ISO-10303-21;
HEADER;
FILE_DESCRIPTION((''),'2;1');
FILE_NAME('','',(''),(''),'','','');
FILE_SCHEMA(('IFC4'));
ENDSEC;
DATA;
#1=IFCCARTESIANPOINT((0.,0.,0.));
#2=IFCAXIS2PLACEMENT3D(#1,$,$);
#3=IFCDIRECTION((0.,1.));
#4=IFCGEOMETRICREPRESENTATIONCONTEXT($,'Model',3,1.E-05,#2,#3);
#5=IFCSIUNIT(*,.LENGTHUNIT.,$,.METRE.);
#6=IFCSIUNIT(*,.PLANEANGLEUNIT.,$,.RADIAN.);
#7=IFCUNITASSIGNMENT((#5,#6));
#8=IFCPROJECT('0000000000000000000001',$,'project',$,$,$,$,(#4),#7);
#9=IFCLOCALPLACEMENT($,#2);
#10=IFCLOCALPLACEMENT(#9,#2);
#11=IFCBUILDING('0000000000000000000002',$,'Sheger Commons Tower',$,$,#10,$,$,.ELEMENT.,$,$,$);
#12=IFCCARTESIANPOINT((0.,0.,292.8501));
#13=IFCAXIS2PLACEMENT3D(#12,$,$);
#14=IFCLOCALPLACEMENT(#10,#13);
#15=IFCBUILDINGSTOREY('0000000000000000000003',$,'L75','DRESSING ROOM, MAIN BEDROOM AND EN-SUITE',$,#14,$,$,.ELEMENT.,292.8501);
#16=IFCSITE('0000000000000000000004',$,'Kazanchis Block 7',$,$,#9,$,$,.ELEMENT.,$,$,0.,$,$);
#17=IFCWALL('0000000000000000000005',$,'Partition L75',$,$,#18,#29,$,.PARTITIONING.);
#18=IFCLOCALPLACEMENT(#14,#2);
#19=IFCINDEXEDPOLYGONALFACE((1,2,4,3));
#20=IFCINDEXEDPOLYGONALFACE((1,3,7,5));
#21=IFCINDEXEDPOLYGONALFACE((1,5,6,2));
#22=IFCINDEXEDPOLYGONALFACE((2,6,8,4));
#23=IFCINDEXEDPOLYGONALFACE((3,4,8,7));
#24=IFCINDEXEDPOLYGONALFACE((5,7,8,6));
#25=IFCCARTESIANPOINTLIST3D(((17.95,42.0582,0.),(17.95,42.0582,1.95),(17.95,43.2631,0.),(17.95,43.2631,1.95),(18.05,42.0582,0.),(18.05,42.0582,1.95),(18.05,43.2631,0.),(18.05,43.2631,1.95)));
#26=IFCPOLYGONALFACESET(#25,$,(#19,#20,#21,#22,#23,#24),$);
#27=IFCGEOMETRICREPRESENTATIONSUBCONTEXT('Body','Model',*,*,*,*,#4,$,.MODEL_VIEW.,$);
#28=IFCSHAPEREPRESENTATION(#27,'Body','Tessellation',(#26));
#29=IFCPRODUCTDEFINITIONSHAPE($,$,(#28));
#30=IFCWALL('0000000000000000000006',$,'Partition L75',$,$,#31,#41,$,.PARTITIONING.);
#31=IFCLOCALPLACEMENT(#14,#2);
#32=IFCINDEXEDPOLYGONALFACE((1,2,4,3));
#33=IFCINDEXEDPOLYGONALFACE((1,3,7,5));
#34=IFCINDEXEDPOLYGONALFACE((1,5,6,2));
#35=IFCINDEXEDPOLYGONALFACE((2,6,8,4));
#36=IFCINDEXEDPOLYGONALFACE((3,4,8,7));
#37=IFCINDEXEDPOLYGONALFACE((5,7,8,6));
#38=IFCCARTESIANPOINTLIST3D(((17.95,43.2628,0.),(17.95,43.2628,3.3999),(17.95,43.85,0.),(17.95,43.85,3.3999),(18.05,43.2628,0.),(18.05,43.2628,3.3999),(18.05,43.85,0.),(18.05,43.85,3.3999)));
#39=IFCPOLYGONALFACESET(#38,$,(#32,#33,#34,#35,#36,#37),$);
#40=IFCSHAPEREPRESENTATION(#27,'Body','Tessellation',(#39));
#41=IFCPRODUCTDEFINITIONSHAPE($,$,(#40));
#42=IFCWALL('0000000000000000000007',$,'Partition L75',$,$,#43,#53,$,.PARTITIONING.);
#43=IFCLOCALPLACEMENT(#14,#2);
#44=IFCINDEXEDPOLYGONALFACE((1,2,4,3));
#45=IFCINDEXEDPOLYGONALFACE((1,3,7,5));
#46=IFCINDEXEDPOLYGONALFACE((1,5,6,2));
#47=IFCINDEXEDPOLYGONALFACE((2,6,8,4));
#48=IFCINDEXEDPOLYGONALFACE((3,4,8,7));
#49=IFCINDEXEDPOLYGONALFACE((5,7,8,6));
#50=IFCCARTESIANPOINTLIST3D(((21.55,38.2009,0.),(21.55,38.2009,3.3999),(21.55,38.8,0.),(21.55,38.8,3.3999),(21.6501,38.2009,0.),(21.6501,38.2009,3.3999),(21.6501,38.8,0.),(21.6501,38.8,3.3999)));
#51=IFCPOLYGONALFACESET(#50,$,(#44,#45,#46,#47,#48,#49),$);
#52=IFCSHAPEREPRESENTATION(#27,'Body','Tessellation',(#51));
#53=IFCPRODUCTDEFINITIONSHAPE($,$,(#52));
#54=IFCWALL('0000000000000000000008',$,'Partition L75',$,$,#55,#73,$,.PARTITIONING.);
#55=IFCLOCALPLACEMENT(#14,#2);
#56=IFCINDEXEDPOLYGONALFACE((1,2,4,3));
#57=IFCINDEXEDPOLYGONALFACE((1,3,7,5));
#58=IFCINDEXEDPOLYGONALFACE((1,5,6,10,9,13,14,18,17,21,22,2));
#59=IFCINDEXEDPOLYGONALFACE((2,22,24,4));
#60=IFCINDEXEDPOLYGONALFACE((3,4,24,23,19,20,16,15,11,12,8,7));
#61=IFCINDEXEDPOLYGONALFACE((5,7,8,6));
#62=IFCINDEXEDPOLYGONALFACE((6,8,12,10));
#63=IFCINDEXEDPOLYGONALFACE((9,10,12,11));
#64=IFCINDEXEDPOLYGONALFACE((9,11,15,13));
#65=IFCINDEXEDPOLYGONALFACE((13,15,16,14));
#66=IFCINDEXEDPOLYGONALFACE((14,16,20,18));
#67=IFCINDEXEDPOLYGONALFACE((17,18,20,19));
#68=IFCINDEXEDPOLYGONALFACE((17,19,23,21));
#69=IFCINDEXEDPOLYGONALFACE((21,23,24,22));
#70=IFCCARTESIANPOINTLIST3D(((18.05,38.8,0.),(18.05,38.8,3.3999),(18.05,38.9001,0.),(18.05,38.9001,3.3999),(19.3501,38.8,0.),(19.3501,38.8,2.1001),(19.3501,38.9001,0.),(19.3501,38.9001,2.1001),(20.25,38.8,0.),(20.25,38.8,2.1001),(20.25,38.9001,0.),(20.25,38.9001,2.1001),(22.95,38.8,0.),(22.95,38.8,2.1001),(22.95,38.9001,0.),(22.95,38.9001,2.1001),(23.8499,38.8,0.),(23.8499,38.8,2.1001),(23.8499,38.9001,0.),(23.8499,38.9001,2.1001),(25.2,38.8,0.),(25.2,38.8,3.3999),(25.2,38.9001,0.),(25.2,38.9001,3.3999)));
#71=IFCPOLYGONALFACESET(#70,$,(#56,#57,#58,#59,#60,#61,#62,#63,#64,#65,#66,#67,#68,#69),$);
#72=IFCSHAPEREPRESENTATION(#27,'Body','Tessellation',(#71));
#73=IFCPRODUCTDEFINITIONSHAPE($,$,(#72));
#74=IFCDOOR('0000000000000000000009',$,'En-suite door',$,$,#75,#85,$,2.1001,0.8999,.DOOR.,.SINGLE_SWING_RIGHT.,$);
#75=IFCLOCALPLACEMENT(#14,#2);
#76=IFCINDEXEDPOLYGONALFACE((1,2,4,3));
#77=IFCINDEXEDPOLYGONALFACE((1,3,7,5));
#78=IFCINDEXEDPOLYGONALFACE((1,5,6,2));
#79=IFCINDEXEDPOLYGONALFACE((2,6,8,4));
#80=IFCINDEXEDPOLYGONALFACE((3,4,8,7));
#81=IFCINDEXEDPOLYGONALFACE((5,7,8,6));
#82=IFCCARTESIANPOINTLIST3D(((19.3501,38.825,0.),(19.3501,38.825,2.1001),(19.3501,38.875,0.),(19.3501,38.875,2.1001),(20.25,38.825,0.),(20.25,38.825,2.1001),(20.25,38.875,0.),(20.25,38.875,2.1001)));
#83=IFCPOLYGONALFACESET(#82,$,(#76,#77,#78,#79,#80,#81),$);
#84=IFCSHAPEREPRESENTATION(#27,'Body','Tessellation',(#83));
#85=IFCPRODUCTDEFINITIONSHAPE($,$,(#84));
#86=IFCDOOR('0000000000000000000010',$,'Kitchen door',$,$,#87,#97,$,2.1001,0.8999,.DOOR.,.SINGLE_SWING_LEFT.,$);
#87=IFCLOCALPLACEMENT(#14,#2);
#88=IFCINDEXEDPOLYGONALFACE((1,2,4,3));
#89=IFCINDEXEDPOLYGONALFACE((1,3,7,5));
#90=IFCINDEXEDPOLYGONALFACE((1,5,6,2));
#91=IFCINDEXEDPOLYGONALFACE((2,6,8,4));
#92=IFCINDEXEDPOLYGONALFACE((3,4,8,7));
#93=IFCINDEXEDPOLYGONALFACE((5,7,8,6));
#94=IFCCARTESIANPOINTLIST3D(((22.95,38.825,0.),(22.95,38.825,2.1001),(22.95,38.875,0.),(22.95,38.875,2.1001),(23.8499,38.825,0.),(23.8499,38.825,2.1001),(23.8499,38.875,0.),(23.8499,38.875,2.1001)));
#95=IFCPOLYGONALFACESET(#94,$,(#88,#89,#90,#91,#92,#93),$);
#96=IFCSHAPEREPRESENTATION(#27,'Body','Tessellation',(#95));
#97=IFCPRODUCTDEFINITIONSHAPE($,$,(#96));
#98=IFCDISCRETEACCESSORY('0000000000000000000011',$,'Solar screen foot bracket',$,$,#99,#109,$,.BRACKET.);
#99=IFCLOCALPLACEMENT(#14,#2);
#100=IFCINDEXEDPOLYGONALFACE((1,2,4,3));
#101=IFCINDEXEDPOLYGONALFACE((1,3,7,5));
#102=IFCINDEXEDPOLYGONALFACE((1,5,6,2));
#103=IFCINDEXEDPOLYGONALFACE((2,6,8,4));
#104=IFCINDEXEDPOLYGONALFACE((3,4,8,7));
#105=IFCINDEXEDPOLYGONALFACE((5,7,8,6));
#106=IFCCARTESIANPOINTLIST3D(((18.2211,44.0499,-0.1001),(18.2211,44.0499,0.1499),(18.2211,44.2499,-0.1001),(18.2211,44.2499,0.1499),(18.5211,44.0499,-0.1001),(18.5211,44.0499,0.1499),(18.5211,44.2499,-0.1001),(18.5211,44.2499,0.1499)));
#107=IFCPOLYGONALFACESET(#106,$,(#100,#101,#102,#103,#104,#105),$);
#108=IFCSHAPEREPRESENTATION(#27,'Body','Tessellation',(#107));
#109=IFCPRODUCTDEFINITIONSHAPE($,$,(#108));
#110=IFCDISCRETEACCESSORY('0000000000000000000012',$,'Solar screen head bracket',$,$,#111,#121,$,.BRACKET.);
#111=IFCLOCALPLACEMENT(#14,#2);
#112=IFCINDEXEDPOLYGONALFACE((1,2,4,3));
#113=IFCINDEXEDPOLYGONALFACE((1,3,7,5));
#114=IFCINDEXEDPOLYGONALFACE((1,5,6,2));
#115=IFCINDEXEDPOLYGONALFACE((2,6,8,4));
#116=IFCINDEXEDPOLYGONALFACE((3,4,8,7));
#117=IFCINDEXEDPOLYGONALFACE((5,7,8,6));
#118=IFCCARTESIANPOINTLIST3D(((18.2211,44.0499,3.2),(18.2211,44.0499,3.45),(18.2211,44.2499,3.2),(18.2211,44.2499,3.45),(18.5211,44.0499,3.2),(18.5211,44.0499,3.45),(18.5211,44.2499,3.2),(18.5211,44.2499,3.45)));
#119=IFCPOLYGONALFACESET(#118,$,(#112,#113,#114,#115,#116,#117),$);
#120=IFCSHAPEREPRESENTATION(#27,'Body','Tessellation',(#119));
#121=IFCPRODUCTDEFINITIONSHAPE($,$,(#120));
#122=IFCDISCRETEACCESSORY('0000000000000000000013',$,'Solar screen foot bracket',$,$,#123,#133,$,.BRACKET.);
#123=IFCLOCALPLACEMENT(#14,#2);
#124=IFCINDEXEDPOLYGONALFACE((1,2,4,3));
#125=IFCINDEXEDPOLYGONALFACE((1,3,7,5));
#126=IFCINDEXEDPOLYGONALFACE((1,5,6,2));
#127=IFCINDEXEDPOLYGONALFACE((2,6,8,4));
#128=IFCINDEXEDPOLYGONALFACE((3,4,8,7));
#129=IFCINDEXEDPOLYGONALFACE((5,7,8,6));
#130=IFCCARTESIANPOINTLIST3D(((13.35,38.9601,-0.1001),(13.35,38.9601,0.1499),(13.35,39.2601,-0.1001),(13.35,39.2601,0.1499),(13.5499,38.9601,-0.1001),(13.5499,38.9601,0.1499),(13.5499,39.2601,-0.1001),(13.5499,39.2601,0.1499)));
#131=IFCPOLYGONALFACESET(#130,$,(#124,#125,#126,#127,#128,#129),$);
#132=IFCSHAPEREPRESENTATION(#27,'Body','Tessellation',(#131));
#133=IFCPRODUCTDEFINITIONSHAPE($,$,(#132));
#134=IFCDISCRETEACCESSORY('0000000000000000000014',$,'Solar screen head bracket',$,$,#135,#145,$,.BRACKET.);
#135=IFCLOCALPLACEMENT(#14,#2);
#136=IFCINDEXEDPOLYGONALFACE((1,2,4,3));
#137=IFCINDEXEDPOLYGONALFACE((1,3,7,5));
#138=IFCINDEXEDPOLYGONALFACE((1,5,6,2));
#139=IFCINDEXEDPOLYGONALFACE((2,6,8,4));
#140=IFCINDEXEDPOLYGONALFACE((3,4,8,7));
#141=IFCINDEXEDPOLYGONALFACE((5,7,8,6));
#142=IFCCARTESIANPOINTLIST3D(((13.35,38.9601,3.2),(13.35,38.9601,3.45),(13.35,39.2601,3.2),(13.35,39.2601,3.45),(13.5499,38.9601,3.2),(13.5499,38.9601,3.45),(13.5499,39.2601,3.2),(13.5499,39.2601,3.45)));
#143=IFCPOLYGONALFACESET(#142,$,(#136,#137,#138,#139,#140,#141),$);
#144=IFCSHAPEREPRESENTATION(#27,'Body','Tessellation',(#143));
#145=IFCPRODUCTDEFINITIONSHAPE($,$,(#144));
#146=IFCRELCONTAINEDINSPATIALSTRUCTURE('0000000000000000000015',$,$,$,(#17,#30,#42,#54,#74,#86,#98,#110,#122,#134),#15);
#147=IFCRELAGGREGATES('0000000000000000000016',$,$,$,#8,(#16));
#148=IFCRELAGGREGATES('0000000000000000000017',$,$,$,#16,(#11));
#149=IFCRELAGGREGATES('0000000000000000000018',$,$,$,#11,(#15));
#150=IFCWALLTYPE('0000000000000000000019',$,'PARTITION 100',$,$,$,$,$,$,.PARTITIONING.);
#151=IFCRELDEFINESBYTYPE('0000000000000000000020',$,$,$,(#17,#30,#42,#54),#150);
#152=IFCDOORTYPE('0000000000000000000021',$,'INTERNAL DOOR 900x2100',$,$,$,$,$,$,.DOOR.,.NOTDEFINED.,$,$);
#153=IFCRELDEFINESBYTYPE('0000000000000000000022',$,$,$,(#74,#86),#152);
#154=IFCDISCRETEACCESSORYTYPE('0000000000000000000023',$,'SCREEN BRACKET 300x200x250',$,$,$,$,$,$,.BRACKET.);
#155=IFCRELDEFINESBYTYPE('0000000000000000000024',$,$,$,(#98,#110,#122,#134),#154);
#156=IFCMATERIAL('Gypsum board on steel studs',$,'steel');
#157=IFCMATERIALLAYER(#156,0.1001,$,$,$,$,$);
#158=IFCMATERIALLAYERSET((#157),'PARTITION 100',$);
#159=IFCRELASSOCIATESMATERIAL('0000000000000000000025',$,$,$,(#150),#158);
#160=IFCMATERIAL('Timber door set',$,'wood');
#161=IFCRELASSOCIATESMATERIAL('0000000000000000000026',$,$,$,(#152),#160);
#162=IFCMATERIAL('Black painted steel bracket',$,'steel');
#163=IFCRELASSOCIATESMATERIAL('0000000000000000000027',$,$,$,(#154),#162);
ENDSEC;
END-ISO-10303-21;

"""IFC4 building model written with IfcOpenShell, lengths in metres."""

from ifc_helpers import new_model, si_unit, direction, frame, frame_2d, origin, origin_2d, place, context, subcontext, project, spatial, rectangle, extrude, material, layer, layer_set, type_object, element, fill, save


model = new_model("IFC4")

# Units and contexts
model_context = context("Model", 3, precision=1e-05, world=origin(), true_north=direction((0.0, 1.0)))
body_context = subcontext(model_context, "Body", "Model", "MODEL_VIEW")
ifc_project = project(units=[si_unit("LENGTHUNIT", "METRE"), si_unit("PLANEANGLEUNIT", "RADIAN")], contexts=[model_context])

# Site, building, storey
site_placement = place(None, origin())
site = spatial("IfcSite", under=ifc_project, at=site_placement, Name="Kazanchis Block 7", CompositionType="ELEMENT", RefElevation=0.0)
building_placement = place(site_placement, origin())
building = spatial("IfcBuilding", under=site, at=building_placement, Name="Sheger Commons Tower", CompositionType="ELEMENT")
storey_placement = place(building_placement, frame((0.0, 0.0, 292.8501)))
storey = spatial("IfcBuildingStorey", under=building, at=storey_placement, Name="L75", Description="DRESSING ROOM, MAIN BEDROOM AND EN-SUITE", CompositionType="ELEMENT", Elevation=292.8501)

# Shared definitions
ifc_material_1 = material(Name="Gypsum board on steel studs", Category="steel")
ifc_layer_1 = layer(ifc_material_1, 0.1001)
ifc_layer_set_1 = layer_set([ifc_layer_1], Name="PARTITION 100")
wall_type_1 = type_object("IfcWallType", Name="PARTITION 100", PredefinedType="PARTITIONING", material=ifc_layer_set_1)

# Shared definitions
ifc_material_2 = material(Name="Timber door set", Category="wood")
door_type = type_object("IfcDoorType", Name="INTERNAL DOOR 900x2100", OperationType="NOTDEFINED", PredefinedType="DOOR", material=ifc_material_2)

# Walls
wall_1_placement = place(storey_placement, frame((18.0, 42.0581, 0.0), z_axis=(0.0, 0.0, 1.0), x_axis=(0.0, 1.0, 0.0)))
element("IfcWall", 1, at=wall_1_placement, inside=storey, type_object=wall_type_1, Name="Partition L75", PredefinedType="PARTITIONING", context=body_context, shape_type="SweptSolid", body=[
    extrude(rectangle(XDim=1.2048, YDim=0.1001, at=frame_2d((0.6025, 0.0))), origin(), (0.0, 0.0, 1.0), 1.95),
])
wall_2_placement = place(storey_placement, frame((18.0, 43.2629, 0.0), z_axis=(0.0, 0.0, 1.0), x_axis=(0.0, 1.0, 0.0)))
element("IfcWall", 2, at=wall_2_placement, inside=storey, type_object=wall_type_1, Name="Partition L75", PredefinedType="PARTITIONING", context=body_context, shape_type="SweptSolid", body=[
    extrude(rectangle(XDim=0.5872, YDim=0.1001, at=frame_2d((0.2935, 0.0))), origin(), (0.0, 0.0, 1.0), 3.3999),
])
wall_3_placement = place(storey_placement, frame((21.6001, 38.2009, 0.0), z_axis=(0.0, 0.0, 1.0), x_axis=(0.0, 1.0, 0.0)))
element("IfcWall", 3, at=wall_3_placement, inside=storey, type_object=wall_type_1, Name="Partition L75", PredefinedType="PARTITIONING", context=body_context, shape_type="SweptSolid", body=[
    extrude(rectangle(XDim=0.5991, YDim=0.1001, at=frame_2d((0.2996, 0.0))), origin(), (0.0, 0.0, 1.0), 3.3999),
])

# Wall, openings, doors
wall_4_placement = place(storey_placement, frame((18.05, 38.8501, 0.0), z_axis=(0.0, 0.0, 1.0), x_axis=(1.0, 0.0, 0.0)))
wall_4 = element("IfcWall", 4, at=wall_4_placement, inside=storey, type_object=wall_type_1, Name="Partition L75", PredefinedType="PARTITIONING", context=body_context, shape_type="SweptSolid", body=[
    extrude(rectangle(XDim=7.1499, YDim=0.1001, at=frame_2d((3.575, 0.0))), origin(), (0.0, 0.0, 1.0), 3.3999),
])
opening_1_placement = place(wall_4_placement, frame((1.3, 0.0, 0.0)))
opening_1 = element("IfcOpeningElement", 5, at=opening_1_placement, cuts=wall_4, PredefinedType="OPENING", context=body_context, shape_type="SweptSolid", body=[
    extrude(rectangle(XDim=0.8999, YDim=2.1001, at=frame_2d((0.45, 1.05))), frame((0.0, 0.0601, 0.0), z_axis=(0.0, -1.0, 0.0), x_axis=(1.0, 0.0, 0.0)), (0.0, 0.0, 1.0), 0.1201),
])
opening_2_placement = place(wall_4_placement, frame((4.8999, 0.0, 0.0)))
opening_2 = element("IfcOpeningElement", 6, at=opening_2_placement, cuts=wall_4, PredefinedType="OPENING", context=body_context, shape_type="SweptSolid", body=[
    extrude(rectangle(XDim=0.8999, YDim=2.1001, at=frame_2d((0.45, 1.05))), frame((0.0, 0.0601, 0.0), z_axis=(0.0, -1.0, 0.0), x_axis=(1.0, 0.0, 0.0)), (0.0, 0.0, 1.0), 0.1201),
])
door_1_placement = place(opening_1_placement, origin())
door_1 = element("IfcDoor", 7, at=door_1_placement, inside=storey, type_object=door_type, Name="En-suite door", OperationType="SINGLE_SWING_RIGHT", OverallHeight=2.1001, OverallWidth=0.8999, PredefinedType="DOOR", context=body_context, shape_type="SweptSolid", body=[
    extrude(rectangle(XDim=0.8999, YDim=2.1001, at=frame_2d((0.45, 1.05))), frame((0.0, 0.0249, 0.0), z_axis=(0.0, -1.0, 0.0), x_axis=(1.0, 0.0, 0.0)), (0.0, 0.0, 1.0), 0.05),
])
fill(opening_1, door_1)
door_2_placement = place(opening_2_placement, origin())
door_2 = element("IfcDoor", 8, at=door_2_placement, inside=storey, type_object=door_type, Name="Kitchen door", OperationType="SINGLE_SWING_LEFT", OverallHeight=2.1001, OverallWidth=0.8999, PredefinedType="DOOR", context=body_context, shape_type="SweptSolid", body=[
    extrude(rectangle(XDim=0.8999, YDim=2.1001, at=frame_2d((0.45, 1.05))), frame((0.0, 0.0249, 0.0), z_axis=(0.0, -1.0, 0.0), x_axis=(1.0, 0.0, 0.0)), (0.0, 0.0, 1.0), 0.05),
])
fill(opening_2, door_2)

# Discrete accessories
ifc_material_3 = material(Name="Black painted steel bracket", Category="steel")
discrete_accessory_type = type_object("IfcDiscreteAccessoryType", Name="SCREEN BRACKET 300x200x250", PredefinedType="BRACKET", material=ifc_material_3)
for number, where, z_axis, x_axis, name in (
    (9, (18.3711, 44.1499, -0.1001), (0.0, 0.0, 1.0), (-1.0, 0.0, 0.0), "Solar screen foot bracket"),
    (10, (18.3711, 44.1499, 3.2), (0.0, 0.0, 1.0), (-1.0, 0.0, 0.0), "Solar screen head bracket"),
    (11, (13.45, 39.1101, -0.1001), (0.0, 0.0, 1.0), (0.0, -1.0, 0.0), "Solar screen foot bracket"),
    (12, (13.45, 39.1101, 3.2), (0.0, 0.0, 1.0), (0.0, -1.0, 0.0), "Solar screen head bracket"),
):
    element("IfcDiscreteAccessory", number, at=place(storey_placement, frame(where, z_axis=z_axis, x_axis=x_axis)), inside=storey, type_object=discrete_accessory_type, Name=name, PredefinedType="BRACKET", context=body_context, shape_type="SweptSolid", body=[
        extrude(rectangle(XDim=0.3, YDim=0.2, at=origin_2d()), origin(), (0.0, 0.0, 1.0), 0.25),
    ])

save(model, "model.ifc")
